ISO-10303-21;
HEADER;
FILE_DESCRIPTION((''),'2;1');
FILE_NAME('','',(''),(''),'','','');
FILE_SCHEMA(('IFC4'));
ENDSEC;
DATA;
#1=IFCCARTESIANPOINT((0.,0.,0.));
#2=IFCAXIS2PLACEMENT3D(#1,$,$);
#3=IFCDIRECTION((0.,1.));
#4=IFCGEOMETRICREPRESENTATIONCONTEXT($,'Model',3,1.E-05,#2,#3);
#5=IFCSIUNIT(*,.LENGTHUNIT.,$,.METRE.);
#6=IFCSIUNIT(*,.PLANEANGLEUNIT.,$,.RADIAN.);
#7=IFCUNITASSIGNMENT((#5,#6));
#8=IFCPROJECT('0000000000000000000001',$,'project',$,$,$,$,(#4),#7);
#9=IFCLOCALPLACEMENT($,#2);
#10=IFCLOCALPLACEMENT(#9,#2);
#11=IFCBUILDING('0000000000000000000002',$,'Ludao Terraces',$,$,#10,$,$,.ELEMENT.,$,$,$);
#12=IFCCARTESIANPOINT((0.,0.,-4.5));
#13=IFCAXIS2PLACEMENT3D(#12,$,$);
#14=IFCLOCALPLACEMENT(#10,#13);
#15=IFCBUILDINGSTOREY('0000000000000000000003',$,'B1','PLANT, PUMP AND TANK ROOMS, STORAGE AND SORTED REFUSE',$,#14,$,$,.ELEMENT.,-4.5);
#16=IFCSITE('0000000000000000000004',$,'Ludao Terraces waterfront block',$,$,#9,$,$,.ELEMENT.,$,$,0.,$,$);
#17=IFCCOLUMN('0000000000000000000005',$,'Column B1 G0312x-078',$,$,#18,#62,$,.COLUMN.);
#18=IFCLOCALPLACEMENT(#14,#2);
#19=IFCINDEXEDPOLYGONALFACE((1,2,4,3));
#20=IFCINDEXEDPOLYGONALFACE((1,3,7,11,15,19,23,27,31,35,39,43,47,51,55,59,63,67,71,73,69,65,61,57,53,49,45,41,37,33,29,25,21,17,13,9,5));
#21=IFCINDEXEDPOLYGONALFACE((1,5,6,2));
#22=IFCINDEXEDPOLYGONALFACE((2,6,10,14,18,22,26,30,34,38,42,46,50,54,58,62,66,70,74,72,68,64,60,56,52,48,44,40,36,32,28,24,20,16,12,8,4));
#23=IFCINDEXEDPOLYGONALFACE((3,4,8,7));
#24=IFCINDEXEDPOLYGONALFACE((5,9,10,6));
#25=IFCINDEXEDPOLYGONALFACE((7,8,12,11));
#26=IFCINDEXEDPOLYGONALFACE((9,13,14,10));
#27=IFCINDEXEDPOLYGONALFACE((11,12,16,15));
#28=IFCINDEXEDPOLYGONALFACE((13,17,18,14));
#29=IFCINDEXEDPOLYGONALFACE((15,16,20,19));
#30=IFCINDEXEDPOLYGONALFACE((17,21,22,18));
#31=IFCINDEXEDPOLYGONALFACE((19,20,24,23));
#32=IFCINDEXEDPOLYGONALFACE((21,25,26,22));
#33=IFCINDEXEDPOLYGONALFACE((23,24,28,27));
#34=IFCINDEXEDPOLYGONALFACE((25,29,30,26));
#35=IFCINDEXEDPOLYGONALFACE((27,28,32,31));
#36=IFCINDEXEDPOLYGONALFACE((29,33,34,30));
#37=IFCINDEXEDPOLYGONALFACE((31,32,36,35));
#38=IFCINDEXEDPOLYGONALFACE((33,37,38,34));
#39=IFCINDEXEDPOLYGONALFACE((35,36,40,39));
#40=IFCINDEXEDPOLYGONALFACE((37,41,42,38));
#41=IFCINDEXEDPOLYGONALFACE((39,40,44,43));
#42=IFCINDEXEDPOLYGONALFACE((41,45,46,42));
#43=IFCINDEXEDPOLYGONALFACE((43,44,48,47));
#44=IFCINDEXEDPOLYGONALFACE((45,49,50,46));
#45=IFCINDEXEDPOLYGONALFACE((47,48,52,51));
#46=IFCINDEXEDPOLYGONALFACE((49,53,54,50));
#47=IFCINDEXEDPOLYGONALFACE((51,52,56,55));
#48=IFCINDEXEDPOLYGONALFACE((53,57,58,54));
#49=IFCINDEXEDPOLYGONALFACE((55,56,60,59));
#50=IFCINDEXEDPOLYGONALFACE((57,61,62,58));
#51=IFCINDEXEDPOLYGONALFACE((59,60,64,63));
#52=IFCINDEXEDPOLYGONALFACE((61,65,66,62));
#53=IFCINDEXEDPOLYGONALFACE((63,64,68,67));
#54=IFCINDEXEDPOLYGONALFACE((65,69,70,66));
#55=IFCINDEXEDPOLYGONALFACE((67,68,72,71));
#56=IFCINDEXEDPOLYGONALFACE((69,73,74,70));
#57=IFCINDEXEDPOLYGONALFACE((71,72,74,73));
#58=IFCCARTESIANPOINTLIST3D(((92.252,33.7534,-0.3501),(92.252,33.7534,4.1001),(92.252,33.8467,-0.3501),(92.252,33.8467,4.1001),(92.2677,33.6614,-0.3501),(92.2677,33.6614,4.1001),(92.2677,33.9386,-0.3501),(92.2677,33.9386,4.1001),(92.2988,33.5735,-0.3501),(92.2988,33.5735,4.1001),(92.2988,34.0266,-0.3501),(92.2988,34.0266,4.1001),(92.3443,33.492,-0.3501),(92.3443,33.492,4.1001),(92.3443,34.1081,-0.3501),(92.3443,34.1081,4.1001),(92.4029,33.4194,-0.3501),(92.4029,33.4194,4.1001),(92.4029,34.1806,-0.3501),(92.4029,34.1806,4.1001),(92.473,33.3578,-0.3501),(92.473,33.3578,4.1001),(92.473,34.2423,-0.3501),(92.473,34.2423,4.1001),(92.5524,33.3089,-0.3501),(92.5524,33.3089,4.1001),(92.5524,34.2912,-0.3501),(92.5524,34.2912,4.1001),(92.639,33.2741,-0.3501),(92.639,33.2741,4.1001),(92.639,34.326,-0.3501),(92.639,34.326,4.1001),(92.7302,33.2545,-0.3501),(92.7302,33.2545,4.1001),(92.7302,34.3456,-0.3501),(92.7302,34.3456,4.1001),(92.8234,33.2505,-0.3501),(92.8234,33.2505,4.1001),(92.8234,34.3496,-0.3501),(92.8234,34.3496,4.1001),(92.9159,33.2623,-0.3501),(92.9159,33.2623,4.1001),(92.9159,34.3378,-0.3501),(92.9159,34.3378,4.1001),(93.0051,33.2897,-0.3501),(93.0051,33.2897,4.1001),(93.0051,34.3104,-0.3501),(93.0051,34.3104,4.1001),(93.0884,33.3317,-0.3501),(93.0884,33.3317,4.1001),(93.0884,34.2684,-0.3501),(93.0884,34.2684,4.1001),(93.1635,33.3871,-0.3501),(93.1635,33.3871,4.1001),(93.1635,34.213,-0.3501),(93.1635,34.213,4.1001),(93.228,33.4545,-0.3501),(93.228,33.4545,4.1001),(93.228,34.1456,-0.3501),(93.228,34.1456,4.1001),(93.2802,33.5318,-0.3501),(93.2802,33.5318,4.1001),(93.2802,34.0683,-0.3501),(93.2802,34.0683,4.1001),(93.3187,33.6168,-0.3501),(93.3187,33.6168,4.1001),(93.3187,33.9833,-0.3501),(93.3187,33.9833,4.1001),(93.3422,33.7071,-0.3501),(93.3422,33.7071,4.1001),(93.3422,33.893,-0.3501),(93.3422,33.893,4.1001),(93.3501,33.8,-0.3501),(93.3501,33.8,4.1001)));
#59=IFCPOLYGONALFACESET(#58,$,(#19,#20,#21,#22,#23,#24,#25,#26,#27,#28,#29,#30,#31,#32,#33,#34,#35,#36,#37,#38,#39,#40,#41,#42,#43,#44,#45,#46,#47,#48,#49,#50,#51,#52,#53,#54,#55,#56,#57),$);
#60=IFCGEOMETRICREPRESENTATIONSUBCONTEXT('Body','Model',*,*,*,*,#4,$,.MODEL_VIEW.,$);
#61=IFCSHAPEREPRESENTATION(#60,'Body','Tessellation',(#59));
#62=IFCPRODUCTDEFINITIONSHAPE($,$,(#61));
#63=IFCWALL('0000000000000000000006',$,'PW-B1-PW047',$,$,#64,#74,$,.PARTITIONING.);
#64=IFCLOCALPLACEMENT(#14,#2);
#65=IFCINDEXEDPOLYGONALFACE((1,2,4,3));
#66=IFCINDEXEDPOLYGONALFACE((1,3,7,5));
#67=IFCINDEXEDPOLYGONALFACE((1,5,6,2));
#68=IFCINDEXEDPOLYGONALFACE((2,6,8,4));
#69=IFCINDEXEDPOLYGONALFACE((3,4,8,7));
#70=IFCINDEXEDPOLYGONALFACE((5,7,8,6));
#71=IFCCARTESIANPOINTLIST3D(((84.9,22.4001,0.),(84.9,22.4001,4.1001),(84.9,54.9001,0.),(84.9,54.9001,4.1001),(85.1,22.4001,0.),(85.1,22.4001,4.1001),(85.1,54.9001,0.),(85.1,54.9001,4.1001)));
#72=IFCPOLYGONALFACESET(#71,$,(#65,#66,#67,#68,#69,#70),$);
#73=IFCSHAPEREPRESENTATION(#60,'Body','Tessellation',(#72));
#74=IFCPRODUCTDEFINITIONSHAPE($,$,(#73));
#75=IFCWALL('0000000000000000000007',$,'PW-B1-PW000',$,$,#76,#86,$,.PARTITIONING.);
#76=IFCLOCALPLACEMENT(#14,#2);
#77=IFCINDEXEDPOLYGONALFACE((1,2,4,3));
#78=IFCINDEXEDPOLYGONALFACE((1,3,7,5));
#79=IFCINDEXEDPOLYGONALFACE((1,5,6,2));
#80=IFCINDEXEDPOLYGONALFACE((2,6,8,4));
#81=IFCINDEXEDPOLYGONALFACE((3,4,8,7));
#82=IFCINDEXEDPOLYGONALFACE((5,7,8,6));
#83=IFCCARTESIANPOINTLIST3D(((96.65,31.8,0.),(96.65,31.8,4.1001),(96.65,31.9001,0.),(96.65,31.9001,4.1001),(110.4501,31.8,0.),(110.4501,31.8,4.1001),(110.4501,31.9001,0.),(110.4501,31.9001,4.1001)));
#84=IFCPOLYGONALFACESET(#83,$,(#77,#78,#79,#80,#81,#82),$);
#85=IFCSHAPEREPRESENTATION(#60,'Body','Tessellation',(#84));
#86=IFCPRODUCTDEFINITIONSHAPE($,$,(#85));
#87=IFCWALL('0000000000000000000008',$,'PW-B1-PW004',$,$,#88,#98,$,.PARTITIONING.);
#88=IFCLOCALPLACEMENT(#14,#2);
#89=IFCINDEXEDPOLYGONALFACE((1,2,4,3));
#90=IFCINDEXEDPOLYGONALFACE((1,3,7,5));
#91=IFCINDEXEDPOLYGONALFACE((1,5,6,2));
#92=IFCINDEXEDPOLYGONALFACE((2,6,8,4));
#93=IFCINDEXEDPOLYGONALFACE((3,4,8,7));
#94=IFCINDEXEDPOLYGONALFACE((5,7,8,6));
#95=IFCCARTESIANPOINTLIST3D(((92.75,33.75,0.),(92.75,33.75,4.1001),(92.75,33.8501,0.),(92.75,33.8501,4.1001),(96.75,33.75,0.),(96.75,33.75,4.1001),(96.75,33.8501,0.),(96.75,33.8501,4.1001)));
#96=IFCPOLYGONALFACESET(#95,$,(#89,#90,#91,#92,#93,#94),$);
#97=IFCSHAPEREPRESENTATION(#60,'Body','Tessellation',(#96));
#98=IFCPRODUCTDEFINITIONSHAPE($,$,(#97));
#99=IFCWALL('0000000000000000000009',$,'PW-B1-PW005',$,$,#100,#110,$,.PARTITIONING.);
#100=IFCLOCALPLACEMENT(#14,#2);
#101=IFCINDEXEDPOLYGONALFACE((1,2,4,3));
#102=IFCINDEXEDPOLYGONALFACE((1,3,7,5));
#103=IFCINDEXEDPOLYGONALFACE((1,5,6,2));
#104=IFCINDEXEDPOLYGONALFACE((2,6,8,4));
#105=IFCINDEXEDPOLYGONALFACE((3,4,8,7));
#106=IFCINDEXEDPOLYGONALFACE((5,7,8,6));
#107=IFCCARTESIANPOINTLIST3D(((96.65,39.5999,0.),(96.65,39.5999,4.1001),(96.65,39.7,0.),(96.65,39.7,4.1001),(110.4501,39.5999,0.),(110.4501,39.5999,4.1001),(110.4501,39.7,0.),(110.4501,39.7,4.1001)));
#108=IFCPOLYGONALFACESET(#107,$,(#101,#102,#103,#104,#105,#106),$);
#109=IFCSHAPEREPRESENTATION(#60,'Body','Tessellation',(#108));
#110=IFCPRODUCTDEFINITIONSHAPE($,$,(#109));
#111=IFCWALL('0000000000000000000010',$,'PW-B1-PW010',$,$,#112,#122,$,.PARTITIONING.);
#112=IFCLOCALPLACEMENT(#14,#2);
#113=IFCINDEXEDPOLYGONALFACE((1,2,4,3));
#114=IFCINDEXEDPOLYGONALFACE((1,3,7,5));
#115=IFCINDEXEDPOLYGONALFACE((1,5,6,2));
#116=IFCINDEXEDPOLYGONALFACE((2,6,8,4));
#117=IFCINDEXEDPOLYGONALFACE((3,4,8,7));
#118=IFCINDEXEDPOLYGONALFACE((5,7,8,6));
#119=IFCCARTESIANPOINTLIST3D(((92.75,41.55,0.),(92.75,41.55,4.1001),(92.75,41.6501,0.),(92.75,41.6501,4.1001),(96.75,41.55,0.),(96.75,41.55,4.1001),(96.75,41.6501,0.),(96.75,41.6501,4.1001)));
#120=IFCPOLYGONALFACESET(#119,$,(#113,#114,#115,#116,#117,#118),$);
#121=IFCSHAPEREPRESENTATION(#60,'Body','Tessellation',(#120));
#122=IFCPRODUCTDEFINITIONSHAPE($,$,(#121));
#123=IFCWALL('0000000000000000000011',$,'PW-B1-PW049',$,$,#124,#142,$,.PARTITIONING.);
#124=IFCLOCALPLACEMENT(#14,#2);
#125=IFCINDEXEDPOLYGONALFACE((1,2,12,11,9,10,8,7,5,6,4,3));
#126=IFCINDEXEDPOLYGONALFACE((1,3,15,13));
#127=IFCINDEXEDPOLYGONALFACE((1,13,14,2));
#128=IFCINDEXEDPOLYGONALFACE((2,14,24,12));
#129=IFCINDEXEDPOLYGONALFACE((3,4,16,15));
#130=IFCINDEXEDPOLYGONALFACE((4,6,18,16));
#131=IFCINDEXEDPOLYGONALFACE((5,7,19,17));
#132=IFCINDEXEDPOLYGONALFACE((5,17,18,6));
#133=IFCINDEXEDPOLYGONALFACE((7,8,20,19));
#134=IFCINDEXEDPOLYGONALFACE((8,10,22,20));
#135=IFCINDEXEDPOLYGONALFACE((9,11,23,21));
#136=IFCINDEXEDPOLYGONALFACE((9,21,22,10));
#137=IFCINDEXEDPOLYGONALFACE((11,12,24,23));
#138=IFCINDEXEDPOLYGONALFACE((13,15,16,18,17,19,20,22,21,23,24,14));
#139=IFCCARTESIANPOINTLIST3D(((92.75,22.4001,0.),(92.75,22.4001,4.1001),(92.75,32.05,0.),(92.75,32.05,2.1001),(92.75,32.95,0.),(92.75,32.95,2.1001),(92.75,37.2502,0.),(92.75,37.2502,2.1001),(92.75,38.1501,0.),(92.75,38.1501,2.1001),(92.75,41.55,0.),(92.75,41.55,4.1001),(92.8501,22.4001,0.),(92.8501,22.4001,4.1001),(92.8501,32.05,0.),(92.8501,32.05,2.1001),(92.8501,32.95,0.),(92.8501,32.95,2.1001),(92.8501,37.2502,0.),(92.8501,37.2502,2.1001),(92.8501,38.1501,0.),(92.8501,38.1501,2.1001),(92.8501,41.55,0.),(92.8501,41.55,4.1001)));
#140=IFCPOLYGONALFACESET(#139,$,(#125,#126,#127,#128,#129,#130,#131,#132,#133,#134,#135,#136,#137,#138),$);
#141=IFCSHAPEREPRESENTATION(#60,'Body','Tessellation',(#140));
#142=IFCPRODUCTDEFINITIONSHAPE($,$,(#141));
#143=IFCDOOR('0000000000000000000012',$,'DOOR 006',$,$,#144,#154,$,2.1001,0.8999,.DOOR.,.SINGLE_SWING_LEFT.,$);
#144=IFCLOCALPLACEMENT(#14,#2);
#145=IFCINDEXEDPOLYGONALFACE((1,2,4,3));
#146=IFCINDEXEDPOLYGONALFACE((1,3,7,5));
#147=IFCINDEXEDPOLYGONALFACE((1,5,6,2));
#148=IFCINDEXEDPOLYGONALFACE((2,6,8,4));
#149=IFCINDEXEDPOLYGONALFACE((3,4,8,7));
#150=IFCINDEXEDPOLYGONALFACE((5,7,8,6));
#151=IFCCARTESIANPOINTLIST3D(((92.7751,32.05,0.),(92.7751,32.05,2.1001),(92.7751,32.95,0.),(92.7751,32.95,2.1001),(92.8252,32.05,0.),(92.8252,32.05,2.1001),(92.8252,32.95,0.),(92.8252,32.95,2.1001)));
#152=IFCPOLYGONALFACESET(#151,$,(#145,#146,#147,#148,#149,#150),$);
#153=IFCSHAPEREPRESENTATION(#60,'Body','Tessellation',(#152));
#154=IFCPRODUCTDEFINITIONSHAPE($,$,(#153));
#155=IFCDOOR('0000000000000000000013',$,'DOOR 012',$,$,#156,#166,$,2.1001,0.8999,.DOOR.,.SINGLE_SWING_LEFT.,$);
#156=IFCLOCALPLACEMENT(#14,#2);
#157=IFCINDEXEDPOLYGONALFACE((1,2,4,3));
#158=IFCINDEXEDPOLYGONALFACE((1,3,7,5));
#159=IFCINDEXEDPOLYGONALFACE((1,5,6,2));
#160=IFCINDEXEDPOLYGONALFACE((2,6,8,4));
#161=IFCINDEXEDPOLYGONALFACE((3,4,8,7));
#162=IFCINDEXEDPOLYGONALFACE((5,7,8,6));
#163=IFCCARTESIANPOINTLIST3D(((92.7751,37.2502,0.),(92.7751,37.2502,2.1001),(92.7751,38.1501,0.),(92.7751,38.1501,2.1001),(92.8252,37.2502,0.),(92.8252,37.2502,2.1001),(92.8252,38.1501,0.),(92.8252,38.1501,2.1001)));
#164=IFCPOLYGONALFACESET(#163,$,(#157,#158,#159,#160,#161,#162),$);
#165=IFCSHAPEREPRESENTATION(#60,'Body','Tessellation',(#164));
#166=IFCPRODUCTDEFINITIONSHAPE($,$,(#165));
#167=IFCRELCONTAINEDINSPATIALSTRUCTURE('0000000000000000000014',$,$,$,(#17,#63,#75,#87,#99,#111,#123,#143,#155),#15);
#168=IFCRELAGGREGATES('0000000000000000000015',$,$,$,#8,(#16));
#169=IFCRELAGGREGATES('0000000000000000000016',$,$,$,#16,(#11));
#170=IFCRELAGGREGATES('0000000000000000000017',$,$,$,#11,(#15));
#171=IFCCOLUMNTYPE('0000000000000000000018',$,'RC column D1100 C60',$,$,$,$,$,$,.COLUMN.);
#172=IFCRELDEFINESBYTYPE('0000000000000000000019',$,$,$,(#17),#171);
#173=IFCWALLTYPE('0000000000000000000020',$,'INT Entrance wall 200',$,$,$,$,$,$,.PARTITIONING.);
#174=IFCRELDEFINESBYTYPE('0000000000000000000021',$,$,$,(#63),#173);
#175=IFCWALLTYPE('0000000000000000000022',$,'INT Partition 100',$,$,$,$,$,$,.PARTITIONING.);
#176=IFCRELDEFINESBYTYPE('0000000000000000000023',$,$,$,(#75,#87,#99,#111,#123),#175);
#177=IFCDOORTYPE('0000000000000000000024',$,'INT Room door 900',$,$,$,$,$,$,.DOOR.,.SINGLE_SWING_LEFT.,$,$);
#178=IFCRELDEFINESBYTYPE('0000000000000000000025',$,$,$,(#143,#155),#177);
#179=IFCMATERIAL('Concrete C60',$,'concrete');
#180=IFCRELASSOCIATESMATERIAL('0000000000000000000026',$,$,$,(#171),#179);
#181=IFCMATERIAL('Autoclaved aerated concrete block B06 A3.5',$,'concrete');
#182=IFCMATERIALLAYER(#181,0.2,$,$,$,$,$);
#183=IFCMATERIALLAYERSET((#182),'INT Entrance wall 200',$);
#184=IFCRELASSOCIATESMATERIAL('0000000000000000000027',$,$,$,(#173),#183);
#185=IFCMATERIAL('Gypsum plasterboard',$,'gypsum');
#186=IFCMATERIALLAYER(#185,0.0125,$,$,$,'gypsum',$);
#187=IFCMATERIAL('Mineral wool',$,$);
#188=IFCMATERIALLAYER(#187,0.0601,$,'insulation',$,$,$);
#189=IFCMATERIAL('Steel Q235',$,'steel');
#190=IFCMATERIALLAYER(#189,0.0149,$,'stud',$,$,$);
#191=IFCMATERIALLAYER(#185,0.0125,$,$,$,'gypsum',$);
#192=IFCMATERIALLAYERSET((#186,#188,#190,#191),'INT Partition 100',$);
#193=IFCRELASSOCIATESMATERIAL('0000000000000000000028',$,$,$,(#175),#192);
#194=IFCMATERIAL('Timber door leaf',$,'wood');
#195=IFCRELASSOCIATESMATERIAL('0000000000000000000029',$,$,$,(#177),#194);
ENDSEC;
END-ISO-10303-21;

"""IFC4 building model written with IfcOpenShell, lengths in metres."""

from ifc_helpers import new_model, si_unit, direction, frame, frame_2d, origin, origin_2d, place, context, subcontext, project, spatial, rectangle, circle, extrude, material, layer, layer_set, material_profile, profile_set, type_object, element, fill, save


model = new_model("IFC4")

# Units and contexts
model_context = context("Model", 3, precision=1e-05, world=origin(), true_north=direction((0.0, 1.0)))
body_context = subcontext(model_context, "Body", "Model", "MODEL_VIEW")
ifc_project = project(units=[si_unit("LENGTHUNIT", "METRE"), si_unit("PLANEANGLEUNIT", "RADIAN")], contexts=[model_context])

# Site, building, storey
site_placement = place(None, origin())
site = spatial("IfcSite", under=ifc_project, at=site_placement, Name="Ludao Terraces waterfront block", CompositionType="ELEMENT", RefElevation=0.0)
building_placement = place(site_placement, origin())
building = spatial("IfcBuilding", under=site, at=building_placement, Name="Ludao Terraces", CompositionType="ELEMENT")
storey_placement = place(building_placement, frame((0.0, 0.0, -4.5)))
storey = spatial("IfcBuildingStorey", under=building, at=storey_placement, Name="B1", Description="PLANT, PUMP AND TANK ROOMS, STORAGE AND SORTED REFUSE", CompositionType="ELEMENT", Elevation=-4.5)

# Column
ifc_material_1 = material(Name="Concrete C60", Category="concrete")
ifc_material_profile_1 = material_profile(ifc_material_1, circle(Radius=0.55, at=origin_2d()), Name="D1100")
ifc_profile_set_1 = profile_set([ifc_material_profile_1], Name="Concrete C60")
column_type_1 = type_object("IfcColumnType", Name="RC column D1100 C60", PredefinedType="COLUMN", material=ifc_profile_set_1)
for number, where, z_axis, x_axis, name in (
    (1, (92.8, 33.8, -0.3501), (0.0, 0.0, 1.0), (1.0, 0.0, 0.0), "Column B1 G0312x-078"),
):
    element("IfcColumn", number, at=place(storey_placement, frame(where, z_axis=z_axis, x_axis=x_axis)), inside=storey, type_object=column_type_1, Name=name, PredefinedType="COLUMN", context=body_context, shape_type="SweptSolid", body=[
        extrude(circle(Radius=0.55, at=origin_2d()), origin(), (0.0, 0.0, 1.0), 4.4502),
    ])

# Walls
ifc_material_2 = material(Name="Autoclaved aerated concrete block B06 A3.5", Category="concrete")
ifc_layer_1 = layer(ifc_material_2, 0.2)
ifc_layer_set_1 = layer_set([ifc_layer_1], Name="INT Entrance wall 200")
wall_type_1 = type_object("IfcWallType", Name="INT Entrance wall 200", PredefinedType="PARTITIONING", material=ifc_layer_set_1)
wall_1_placement = place(storey_placement, frame((85.0, 22.4001, 0.0), z_axis=(0.0, 0.0, 1.0), x_axis=(0.0, 1.0, 0.0)))
element("IfcWall", 2, at=wall_1_placement, inside=storey, type_object=wall_type_1, Name="PW-B1-PW047", PredefinedType="PARTITIONING", context=body_context, shape_type="SweptSolid", body=[
    extrude(rectangle(XDim=32.5, YDim=0.2, at=frame_2d((16.25, 0.0))), origin(), (0.0, 0.0, 1.0), 4.1001),
])
ifc_material_3 = material(Name="Gypsum plasterboard", Category="gypsum")
ifc_layer_2 = layer(ifc_material_3, 0.0125, Category="gypsum")
ifc_material_4 = material(Name="Mineral wool")
ifc_layer_3 = layer(ifc_material_4, 0.0601, Name="insulation")
ifc_material_5 = material(Name="Steel Q235", Category="steel")
ifc_layer_4 = layer(ifc_material_5, 0.0149, Name="stud")
ifc_layer_5 = layer(ifc_material_3, 0.0125, Category="gypsum")
ifc_layer_set_2 = layer_set([ifc_layer_2, ifc_layer_3, ifc_layer_4, ifc_layer_5], Name="INT Partition 100")
wall_type_2 = type_object("IfcWallType", Name="INT Partition 100", PredefinedType="PARTITIONING", material=ifc_layer_set_2)
wall_2_placement = place(storey_placement, frame((96.6501, 31.8501, 0.0), z_axis=(0.0, 0.0, 1.0), x_axis=(1.0, 0.0, 0.0)))
element("IfcWall", 3, at=wall_2_placement, inside=storey, type_object=wall_type_2, Name="PW-B1-PW000", PredefinedType="PARTITIONING", context=body_context, shape_type="SweptSolid", body=[
    extrude(rectangle(XDim=13.8, YDim=0.1001, at=frame_2d((6.8999, 0.0))), origin(), (0.0, 0.0, 1.0), 4.1001),
])
wall_3_placement = place(storey_placement, frame((92.75, 33.8, 0.0), z_axis=(0.0, 0.0, 1.0), x_axis=(1.0, 0.0, 0.0)))
element("IfcWall", 4, at=wall_3_placement, inside=storey, type_object=wall_type_2, Name="PW-B1-PW004", PredefinedType="PARTITIONING", context=body_context, shape_type="SweptSolid", body=[
    extrude(rectangle(XDim=4.0, YDim=0.1001, at=frame_2d((2.0, 0.0))), origin(), (0.0, 0.0, 1.0), 4.1001),
])
wall_4_placement = place(storey_placement, frame((96.6501, 39.6499, 0.0), z_axis=(0.0, 0.0, 1.0), x_axis=(1.0, 0.0, 0.0)))
element("IfcWall", 5, at=wall_4_placement, inside=storey, type_object=wall_type_2, Name="PW-B1-PW005", PredefinedType="PARTITIONING", context=body_context, shape_type="SweptSolid", body=[
    extrude(rectangle(XDim=13.8, YDim=0.1001, at=frame_2d((6.8999, 0.0))), origin(), (0.0, 0.0, 1.0), 4.1001),
])
wall_5_placement = place(storey_placement, frame((92.75, 41.6001, 0.0), z_axis=(0.0, 0.0, 1.0), x_axis=(1.0, 0.0, 0.0)))
element("IfcWall", 6, at=wall_5_placement, inside=storey, type_object=wall_type_2, Name="PW-B1-PW010", PredefinedType="PARTITIONING", context=body_context, shape_type="SweptSolid", body=[
    extrude(rectangle(XDim=4.0, YDim=0.1001, at=frame_2d((2.0, 0.0))), origin(), (0.0, 0.0, 1.0), 4.1001),
])

# Wall, openings, doors
wall_6_placement = place(storey_placement, frame((92.8, 22.4001, 0.0), z_axis=(0.0, 0.0, 1.0), x_axis=(0.0, 1.0, 0.0)))
wall_6 = element("IfcWall", 7, at=wall_6_placement, inside=storey, type_object=wall_type_2, Name="PW-B1-PW049", PredefinedType="PARTITIONING", context=body_context, shape_type="SweptSolid", body=[
    extrude(rectangle(XDim=19.1499, YDim=0.1001, at=frame_2d((9.575, 0.0))), origin(), (0.0, 0.0, 1.0), 4.1001),
])
opening_1_placement = place(wall_6_placement, frame((9.6499, 0.0, 0.0)))
opening_1 = element("IfcOpeningElement", 8, at=opening_1_placement, cuts=wall_6, PredefinedType="OPENING", context=body_context, shape_type="SweptSolid", body=[
    extrude(rectangle(XDim=0.8999, YDim=2.1001, at=frame_2d((0.45, 1.05))), frame((0.0, 0.0601, 0.0), z_axis=(0.0, -1.0, 0.0), x_axis=(1.0, 0.0, 0.0)), (0.0, 0.0, 1.0), 0.1201),
])
opening_2_placement = place(wall_6_placement, frame((14.8501, 0.0, 0.0)))
opening_2 = element("IfcOpeningElement", 9, at=opening_2_placement, cuts=wall_6, PredefinedType="OPENING", context=body_context, shape_type="SweptSolid", body=[
    extrude(rectangle(XDim=0.8999, YDim=2.1001, at=frame_2d((0.45, 1.05))), frame((0.0, 0.0601, 0.0), z_axis=(0.0, -1.0, 0.0), x_axis=(1.0, 0.0, 0.0)), (0.0, 0.0, 1.0), 0.1201),
])
ifc_material_6 = material(Name="Timber door leaf", Category="wood")
door_type = type_object("IfcDoorType", Name="INT Room door 900", OperationType="SINGLE_SWING_LEFT", PredefinedType="DOOR", material=ifc_material_6)
door_1_placement = place(opening_1_placement, origin())
door_1 = element("IfcDoor", 10, at=door_1_placement, inside=storey, type_object=door_type, Name="DOOR 006", OperationType="SINGLE_SWING_LEFT", OverallHeight=2.1001, OverallWidth=0.8999, PredefinedType="DOOR", context=body_context, shape_type="SweptSolid", body=[
    extrude(rectangle(XDim=0.8999, YDim=2.1001, at=frame_2d((0.45, 1.05))), frame((0.0, 0.0249, 0.0), z_axis=(0.0, -1.0, 0.0), x_axis=(1.0, 0.0, 0.0)), (0.0, 0.0, 1.0), 0.05),
])
fill(opening_1, door_1)
door_2_placement = place(opening_2_placement, origin())
door_2 = element("IfcDoor", 11, at=door_2_placement, inside=storey, type_object=door_type, Name="DOOR 012", OperationType="SINGLE_SWING_LEFT", OverallHeight=2.1001, OverallWidth=0.8999, PredefinedType="DOOR", context=body_context, shape_type="SweptSolid", body=[
    extrude(rectangle(XDim=0.8999, YDim=2.1001, at=frame_2d((0.45, 1.05))), frame((0.0, 0.0249, 0.0), z_axis=(0.0, -1.0, 0.0), x_axis=(1.0, 0.0, 0.0)), (0.0, 0.0, 1.0), 0.05),
])
fill(opening_2, door_2)

save(model, "model.ifc")
